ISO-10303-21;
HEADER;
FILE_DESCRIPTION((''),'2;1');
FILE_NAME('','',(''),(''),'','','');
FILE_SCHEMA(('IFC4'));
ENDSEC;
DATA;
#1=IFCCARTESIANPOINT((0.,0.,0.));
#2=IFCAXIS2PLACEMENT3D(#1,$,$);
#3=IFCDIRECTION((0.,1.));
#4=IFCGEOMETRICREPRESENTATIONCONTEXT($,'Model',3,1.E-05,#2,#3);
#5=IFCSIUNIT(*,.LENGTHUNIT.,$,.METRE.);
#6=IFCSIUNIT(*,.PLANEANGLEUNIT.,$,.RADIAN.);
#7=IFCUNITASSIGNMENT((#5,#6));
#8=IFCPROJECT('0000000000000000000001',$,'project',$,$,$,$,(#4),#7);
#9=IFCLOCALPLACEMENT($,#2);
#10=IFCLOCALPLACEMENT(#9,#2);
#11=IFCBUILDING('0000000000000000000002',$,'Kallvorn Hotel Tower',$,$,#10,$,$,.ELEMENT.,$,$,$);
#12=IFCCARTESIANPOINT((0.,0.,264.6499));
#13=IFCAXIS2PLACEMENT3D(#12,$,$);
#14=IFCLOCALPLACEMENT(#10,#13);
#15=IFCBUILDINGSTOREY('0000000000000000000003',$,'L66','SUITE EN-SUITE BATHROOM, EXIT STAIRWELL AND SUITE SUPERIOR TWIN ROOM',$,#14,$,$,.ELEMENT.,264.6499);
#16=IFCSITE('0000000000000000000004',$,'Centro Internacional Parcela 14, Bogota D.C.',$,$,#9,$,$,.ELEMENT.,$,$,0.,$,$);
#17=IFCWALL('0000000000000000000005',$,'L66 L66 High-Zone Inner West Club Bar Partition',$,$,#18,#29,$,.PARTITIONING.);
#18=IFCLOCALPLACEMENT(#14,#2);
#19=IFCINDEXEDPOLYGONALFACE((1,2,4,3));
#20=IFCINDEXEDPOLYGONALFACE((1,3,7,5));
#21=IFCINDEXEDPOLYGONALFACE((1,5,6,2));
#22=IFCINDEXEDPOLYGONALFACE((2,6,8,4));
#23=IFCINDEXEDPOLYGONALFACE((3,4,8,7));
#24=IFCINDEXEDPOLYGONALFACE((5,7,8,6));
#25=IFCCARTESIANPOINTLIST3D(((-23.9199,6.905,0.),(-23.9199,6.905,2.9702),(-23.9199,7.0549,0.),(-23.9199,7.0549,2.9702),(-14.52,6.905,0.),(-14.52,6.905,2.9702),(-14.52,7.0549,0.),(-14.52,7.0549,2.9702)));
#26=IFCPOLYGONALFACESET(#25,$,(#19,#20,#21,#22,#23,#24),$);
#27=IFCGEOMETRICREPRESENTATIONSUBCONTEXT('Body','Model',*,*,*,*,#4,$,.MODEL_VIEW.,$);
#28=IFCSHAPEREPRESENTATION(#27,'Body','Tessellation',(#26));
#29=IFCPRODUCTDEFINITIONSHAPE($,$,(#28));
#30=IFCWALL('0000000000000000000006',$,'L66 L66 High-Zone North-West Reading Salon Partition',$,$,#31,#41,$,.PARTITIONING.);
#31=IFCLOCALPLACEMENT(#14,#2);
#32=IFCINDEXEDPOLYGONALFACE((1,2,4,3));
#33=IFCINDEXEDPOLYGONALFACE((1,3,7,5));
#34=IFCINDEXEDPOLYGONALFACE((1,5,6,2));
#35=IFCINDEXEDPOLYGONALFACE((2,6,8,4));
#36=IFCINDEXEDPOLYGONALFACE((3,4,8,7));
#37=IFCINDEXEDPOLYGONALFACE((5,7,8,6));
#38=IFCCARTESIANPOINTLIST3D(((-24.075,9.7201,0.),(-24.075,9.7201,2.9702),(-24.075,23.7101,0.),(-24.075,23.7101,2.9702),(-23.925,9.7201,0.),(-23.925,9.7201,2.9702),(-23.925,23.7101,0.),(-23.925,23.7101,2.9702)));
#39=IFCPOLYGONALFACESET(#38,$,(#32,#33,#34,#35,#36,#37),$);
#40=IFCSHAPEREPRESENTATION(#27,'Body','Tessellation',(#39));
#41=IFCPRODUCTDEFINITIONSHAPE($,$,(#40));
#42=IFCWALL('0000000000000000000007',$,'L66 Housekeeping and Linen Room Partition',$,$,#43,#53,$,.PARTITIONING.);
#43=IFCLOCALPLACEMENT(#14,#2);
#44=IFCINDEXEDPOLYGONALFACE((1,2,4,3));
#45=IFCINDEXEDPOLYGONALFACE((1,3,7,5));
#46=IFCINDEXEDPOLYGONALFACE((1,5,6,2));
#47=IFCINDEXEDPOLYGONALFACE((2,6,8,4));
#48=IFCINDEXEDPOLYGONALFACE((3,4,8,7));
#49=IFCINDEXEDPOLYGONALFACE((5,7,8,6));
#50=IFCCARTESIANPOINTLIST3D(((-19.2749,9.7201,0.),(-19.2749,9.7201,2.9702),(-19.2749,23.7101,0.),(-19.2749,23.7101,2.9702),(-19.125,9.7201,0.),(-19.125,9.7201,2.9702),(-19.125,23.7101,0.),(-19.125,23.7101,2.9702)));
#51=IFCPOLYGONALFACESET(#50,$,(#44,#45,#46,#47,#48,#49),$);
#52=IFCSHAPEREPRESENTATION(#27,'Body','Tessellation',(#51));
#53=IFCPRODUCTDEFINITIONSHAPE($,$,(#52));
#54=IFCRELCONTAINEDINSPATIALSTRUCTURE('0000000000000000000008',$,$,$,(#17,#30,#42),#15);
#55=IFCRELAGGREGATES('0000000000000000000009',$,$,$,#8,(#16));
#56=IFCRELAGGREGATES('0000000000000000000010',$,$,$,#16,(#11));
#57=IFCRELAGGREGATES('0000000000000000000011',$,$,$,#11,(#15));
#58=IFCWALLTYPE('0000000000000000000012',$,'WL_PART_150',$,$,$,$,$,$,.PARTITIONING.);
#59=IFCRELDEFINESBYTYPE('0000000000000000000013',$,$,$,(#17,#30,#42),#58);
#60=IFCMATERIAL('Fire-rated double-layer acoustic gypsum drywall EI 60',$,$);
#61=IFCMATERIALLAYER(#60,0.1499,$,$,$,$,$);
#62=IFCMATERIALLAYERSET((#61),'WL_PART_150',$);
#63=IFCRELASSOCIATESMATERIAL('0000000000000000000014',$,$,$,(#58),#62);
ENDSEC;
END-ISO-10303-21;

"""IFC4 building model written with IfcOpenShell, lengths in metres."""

from ifc_helpers import new_model, si_unit, direction, frame, frame_2d, origin, place, context, subcontext, project, spatial, rectangle, extrude, material, layer, layer_set, type_object, element, save


model = new_model("IFC4")

# Units and contexts
model_context = context("Model", 3, precision=1e-05, world=origin(), true_north=direction((0.0, 1.0)))
body_context = subcontext(model_context, "Body", "Model", "MODEL_VIEW")
ifc_project = project(units=[si_unit("LENGTHUNIT", "METRE"), si_unit("PLANEANGLEUNIT", "RADIAN")], contexts=[model_context])

# Site, building, storey
site_placement = place(None, origin())
site = spatial("IfcSite", under=ifc_project, at=site_placement, Name="Centro Internacional Parcela 14, Bogota D.C.", CompositionType="ELEMENT", RefElevation=0.0)
building_placement = place(site_placement, origin())
building = spatial("IfcBuilding", under=site, at=building_placement, Name="Kallvorn Hotel Tower", CompositionType="ELEMENT")
storey_placement = place(building_placement, frame((0.0, 0.0, 264.6499)))
storey = spatial("IfcBuildingStorey", under=building, at=storey_placement, Name="L66", Description="SUITE EN-SUITE BATHROOM, EXIT STAIRWELL AND SUITE SUPERIOR TWIN ROOM", CompositionType="ELEMENT", Elevation=264.6499)

# Walls
ifc_material_1 = material(Name="Fire-rated double-layer acoustic gypsum drywall EI 60")
ifc_layer_1 = layer(ifc_material_1, 0.1499)
ifc_layer_set_1 = layer_set([ifc_layer_1], Name="WL_PART_150")
wall_type_1 = type_object("IfcWallType", Name="WL_PART_150", PredefinedType="PARTITIONING", material=ifc_layer_set_1)
wall_1_placement = place(storey_placement, frame((-23.9199, 6.98, 0.0), z_axis=(0.0, 0.0, 1.0), x_axis=(1.0, 0.0, 0.0)))
element("IfcWall", 1, at=wall_1_placement, inside=storey, type_object=wall_type_1, Name="L66 L66 High-Zone Inner West Club Bar Partition", PredefinedType="PARTITIONING", context=body_context, shape_type="SweptSolid", body=[
    extrude(rectangle(XDim=9.3999, YDim=0.1499, at=frame_2d((4.7, 0.0))), origin(), (0.0, 0.0, 1.0), 2.9702),
])
for number, where, z_axis, x_axis, name in (
    (2, (-24.0, 9.72, 0.0), (0.0, 0.0, 1.0), (0.0, 1.0, 0.0), "L66 L66 High-Zone North-West Reading Salon Partition"),
    (3, (-19.2, 9.72, 0.0), (0.0, 0.0, 1.0), (0.0, 1.0, 0.0), "L66 Housekeeping and Linen Room Partition"),
):
    element("IfcWall", number, at=place(storey_placement, frame(where, z_axis=z_axis, x_axis=x_axis)), inside=storey, type_object=wall_type_1, Name=name, PredefinedType="PARTITIONING", context=body_context, shape_type="SweptSolid", body=[
        extrude(rectangle(XDim=13.99, YDim=0.1499, at=frame_2d((6.9951, 0.0))), origin(), (0.0, 0.0, 1.0), 2.9702),
    ])

save(model, "model.ifc")
